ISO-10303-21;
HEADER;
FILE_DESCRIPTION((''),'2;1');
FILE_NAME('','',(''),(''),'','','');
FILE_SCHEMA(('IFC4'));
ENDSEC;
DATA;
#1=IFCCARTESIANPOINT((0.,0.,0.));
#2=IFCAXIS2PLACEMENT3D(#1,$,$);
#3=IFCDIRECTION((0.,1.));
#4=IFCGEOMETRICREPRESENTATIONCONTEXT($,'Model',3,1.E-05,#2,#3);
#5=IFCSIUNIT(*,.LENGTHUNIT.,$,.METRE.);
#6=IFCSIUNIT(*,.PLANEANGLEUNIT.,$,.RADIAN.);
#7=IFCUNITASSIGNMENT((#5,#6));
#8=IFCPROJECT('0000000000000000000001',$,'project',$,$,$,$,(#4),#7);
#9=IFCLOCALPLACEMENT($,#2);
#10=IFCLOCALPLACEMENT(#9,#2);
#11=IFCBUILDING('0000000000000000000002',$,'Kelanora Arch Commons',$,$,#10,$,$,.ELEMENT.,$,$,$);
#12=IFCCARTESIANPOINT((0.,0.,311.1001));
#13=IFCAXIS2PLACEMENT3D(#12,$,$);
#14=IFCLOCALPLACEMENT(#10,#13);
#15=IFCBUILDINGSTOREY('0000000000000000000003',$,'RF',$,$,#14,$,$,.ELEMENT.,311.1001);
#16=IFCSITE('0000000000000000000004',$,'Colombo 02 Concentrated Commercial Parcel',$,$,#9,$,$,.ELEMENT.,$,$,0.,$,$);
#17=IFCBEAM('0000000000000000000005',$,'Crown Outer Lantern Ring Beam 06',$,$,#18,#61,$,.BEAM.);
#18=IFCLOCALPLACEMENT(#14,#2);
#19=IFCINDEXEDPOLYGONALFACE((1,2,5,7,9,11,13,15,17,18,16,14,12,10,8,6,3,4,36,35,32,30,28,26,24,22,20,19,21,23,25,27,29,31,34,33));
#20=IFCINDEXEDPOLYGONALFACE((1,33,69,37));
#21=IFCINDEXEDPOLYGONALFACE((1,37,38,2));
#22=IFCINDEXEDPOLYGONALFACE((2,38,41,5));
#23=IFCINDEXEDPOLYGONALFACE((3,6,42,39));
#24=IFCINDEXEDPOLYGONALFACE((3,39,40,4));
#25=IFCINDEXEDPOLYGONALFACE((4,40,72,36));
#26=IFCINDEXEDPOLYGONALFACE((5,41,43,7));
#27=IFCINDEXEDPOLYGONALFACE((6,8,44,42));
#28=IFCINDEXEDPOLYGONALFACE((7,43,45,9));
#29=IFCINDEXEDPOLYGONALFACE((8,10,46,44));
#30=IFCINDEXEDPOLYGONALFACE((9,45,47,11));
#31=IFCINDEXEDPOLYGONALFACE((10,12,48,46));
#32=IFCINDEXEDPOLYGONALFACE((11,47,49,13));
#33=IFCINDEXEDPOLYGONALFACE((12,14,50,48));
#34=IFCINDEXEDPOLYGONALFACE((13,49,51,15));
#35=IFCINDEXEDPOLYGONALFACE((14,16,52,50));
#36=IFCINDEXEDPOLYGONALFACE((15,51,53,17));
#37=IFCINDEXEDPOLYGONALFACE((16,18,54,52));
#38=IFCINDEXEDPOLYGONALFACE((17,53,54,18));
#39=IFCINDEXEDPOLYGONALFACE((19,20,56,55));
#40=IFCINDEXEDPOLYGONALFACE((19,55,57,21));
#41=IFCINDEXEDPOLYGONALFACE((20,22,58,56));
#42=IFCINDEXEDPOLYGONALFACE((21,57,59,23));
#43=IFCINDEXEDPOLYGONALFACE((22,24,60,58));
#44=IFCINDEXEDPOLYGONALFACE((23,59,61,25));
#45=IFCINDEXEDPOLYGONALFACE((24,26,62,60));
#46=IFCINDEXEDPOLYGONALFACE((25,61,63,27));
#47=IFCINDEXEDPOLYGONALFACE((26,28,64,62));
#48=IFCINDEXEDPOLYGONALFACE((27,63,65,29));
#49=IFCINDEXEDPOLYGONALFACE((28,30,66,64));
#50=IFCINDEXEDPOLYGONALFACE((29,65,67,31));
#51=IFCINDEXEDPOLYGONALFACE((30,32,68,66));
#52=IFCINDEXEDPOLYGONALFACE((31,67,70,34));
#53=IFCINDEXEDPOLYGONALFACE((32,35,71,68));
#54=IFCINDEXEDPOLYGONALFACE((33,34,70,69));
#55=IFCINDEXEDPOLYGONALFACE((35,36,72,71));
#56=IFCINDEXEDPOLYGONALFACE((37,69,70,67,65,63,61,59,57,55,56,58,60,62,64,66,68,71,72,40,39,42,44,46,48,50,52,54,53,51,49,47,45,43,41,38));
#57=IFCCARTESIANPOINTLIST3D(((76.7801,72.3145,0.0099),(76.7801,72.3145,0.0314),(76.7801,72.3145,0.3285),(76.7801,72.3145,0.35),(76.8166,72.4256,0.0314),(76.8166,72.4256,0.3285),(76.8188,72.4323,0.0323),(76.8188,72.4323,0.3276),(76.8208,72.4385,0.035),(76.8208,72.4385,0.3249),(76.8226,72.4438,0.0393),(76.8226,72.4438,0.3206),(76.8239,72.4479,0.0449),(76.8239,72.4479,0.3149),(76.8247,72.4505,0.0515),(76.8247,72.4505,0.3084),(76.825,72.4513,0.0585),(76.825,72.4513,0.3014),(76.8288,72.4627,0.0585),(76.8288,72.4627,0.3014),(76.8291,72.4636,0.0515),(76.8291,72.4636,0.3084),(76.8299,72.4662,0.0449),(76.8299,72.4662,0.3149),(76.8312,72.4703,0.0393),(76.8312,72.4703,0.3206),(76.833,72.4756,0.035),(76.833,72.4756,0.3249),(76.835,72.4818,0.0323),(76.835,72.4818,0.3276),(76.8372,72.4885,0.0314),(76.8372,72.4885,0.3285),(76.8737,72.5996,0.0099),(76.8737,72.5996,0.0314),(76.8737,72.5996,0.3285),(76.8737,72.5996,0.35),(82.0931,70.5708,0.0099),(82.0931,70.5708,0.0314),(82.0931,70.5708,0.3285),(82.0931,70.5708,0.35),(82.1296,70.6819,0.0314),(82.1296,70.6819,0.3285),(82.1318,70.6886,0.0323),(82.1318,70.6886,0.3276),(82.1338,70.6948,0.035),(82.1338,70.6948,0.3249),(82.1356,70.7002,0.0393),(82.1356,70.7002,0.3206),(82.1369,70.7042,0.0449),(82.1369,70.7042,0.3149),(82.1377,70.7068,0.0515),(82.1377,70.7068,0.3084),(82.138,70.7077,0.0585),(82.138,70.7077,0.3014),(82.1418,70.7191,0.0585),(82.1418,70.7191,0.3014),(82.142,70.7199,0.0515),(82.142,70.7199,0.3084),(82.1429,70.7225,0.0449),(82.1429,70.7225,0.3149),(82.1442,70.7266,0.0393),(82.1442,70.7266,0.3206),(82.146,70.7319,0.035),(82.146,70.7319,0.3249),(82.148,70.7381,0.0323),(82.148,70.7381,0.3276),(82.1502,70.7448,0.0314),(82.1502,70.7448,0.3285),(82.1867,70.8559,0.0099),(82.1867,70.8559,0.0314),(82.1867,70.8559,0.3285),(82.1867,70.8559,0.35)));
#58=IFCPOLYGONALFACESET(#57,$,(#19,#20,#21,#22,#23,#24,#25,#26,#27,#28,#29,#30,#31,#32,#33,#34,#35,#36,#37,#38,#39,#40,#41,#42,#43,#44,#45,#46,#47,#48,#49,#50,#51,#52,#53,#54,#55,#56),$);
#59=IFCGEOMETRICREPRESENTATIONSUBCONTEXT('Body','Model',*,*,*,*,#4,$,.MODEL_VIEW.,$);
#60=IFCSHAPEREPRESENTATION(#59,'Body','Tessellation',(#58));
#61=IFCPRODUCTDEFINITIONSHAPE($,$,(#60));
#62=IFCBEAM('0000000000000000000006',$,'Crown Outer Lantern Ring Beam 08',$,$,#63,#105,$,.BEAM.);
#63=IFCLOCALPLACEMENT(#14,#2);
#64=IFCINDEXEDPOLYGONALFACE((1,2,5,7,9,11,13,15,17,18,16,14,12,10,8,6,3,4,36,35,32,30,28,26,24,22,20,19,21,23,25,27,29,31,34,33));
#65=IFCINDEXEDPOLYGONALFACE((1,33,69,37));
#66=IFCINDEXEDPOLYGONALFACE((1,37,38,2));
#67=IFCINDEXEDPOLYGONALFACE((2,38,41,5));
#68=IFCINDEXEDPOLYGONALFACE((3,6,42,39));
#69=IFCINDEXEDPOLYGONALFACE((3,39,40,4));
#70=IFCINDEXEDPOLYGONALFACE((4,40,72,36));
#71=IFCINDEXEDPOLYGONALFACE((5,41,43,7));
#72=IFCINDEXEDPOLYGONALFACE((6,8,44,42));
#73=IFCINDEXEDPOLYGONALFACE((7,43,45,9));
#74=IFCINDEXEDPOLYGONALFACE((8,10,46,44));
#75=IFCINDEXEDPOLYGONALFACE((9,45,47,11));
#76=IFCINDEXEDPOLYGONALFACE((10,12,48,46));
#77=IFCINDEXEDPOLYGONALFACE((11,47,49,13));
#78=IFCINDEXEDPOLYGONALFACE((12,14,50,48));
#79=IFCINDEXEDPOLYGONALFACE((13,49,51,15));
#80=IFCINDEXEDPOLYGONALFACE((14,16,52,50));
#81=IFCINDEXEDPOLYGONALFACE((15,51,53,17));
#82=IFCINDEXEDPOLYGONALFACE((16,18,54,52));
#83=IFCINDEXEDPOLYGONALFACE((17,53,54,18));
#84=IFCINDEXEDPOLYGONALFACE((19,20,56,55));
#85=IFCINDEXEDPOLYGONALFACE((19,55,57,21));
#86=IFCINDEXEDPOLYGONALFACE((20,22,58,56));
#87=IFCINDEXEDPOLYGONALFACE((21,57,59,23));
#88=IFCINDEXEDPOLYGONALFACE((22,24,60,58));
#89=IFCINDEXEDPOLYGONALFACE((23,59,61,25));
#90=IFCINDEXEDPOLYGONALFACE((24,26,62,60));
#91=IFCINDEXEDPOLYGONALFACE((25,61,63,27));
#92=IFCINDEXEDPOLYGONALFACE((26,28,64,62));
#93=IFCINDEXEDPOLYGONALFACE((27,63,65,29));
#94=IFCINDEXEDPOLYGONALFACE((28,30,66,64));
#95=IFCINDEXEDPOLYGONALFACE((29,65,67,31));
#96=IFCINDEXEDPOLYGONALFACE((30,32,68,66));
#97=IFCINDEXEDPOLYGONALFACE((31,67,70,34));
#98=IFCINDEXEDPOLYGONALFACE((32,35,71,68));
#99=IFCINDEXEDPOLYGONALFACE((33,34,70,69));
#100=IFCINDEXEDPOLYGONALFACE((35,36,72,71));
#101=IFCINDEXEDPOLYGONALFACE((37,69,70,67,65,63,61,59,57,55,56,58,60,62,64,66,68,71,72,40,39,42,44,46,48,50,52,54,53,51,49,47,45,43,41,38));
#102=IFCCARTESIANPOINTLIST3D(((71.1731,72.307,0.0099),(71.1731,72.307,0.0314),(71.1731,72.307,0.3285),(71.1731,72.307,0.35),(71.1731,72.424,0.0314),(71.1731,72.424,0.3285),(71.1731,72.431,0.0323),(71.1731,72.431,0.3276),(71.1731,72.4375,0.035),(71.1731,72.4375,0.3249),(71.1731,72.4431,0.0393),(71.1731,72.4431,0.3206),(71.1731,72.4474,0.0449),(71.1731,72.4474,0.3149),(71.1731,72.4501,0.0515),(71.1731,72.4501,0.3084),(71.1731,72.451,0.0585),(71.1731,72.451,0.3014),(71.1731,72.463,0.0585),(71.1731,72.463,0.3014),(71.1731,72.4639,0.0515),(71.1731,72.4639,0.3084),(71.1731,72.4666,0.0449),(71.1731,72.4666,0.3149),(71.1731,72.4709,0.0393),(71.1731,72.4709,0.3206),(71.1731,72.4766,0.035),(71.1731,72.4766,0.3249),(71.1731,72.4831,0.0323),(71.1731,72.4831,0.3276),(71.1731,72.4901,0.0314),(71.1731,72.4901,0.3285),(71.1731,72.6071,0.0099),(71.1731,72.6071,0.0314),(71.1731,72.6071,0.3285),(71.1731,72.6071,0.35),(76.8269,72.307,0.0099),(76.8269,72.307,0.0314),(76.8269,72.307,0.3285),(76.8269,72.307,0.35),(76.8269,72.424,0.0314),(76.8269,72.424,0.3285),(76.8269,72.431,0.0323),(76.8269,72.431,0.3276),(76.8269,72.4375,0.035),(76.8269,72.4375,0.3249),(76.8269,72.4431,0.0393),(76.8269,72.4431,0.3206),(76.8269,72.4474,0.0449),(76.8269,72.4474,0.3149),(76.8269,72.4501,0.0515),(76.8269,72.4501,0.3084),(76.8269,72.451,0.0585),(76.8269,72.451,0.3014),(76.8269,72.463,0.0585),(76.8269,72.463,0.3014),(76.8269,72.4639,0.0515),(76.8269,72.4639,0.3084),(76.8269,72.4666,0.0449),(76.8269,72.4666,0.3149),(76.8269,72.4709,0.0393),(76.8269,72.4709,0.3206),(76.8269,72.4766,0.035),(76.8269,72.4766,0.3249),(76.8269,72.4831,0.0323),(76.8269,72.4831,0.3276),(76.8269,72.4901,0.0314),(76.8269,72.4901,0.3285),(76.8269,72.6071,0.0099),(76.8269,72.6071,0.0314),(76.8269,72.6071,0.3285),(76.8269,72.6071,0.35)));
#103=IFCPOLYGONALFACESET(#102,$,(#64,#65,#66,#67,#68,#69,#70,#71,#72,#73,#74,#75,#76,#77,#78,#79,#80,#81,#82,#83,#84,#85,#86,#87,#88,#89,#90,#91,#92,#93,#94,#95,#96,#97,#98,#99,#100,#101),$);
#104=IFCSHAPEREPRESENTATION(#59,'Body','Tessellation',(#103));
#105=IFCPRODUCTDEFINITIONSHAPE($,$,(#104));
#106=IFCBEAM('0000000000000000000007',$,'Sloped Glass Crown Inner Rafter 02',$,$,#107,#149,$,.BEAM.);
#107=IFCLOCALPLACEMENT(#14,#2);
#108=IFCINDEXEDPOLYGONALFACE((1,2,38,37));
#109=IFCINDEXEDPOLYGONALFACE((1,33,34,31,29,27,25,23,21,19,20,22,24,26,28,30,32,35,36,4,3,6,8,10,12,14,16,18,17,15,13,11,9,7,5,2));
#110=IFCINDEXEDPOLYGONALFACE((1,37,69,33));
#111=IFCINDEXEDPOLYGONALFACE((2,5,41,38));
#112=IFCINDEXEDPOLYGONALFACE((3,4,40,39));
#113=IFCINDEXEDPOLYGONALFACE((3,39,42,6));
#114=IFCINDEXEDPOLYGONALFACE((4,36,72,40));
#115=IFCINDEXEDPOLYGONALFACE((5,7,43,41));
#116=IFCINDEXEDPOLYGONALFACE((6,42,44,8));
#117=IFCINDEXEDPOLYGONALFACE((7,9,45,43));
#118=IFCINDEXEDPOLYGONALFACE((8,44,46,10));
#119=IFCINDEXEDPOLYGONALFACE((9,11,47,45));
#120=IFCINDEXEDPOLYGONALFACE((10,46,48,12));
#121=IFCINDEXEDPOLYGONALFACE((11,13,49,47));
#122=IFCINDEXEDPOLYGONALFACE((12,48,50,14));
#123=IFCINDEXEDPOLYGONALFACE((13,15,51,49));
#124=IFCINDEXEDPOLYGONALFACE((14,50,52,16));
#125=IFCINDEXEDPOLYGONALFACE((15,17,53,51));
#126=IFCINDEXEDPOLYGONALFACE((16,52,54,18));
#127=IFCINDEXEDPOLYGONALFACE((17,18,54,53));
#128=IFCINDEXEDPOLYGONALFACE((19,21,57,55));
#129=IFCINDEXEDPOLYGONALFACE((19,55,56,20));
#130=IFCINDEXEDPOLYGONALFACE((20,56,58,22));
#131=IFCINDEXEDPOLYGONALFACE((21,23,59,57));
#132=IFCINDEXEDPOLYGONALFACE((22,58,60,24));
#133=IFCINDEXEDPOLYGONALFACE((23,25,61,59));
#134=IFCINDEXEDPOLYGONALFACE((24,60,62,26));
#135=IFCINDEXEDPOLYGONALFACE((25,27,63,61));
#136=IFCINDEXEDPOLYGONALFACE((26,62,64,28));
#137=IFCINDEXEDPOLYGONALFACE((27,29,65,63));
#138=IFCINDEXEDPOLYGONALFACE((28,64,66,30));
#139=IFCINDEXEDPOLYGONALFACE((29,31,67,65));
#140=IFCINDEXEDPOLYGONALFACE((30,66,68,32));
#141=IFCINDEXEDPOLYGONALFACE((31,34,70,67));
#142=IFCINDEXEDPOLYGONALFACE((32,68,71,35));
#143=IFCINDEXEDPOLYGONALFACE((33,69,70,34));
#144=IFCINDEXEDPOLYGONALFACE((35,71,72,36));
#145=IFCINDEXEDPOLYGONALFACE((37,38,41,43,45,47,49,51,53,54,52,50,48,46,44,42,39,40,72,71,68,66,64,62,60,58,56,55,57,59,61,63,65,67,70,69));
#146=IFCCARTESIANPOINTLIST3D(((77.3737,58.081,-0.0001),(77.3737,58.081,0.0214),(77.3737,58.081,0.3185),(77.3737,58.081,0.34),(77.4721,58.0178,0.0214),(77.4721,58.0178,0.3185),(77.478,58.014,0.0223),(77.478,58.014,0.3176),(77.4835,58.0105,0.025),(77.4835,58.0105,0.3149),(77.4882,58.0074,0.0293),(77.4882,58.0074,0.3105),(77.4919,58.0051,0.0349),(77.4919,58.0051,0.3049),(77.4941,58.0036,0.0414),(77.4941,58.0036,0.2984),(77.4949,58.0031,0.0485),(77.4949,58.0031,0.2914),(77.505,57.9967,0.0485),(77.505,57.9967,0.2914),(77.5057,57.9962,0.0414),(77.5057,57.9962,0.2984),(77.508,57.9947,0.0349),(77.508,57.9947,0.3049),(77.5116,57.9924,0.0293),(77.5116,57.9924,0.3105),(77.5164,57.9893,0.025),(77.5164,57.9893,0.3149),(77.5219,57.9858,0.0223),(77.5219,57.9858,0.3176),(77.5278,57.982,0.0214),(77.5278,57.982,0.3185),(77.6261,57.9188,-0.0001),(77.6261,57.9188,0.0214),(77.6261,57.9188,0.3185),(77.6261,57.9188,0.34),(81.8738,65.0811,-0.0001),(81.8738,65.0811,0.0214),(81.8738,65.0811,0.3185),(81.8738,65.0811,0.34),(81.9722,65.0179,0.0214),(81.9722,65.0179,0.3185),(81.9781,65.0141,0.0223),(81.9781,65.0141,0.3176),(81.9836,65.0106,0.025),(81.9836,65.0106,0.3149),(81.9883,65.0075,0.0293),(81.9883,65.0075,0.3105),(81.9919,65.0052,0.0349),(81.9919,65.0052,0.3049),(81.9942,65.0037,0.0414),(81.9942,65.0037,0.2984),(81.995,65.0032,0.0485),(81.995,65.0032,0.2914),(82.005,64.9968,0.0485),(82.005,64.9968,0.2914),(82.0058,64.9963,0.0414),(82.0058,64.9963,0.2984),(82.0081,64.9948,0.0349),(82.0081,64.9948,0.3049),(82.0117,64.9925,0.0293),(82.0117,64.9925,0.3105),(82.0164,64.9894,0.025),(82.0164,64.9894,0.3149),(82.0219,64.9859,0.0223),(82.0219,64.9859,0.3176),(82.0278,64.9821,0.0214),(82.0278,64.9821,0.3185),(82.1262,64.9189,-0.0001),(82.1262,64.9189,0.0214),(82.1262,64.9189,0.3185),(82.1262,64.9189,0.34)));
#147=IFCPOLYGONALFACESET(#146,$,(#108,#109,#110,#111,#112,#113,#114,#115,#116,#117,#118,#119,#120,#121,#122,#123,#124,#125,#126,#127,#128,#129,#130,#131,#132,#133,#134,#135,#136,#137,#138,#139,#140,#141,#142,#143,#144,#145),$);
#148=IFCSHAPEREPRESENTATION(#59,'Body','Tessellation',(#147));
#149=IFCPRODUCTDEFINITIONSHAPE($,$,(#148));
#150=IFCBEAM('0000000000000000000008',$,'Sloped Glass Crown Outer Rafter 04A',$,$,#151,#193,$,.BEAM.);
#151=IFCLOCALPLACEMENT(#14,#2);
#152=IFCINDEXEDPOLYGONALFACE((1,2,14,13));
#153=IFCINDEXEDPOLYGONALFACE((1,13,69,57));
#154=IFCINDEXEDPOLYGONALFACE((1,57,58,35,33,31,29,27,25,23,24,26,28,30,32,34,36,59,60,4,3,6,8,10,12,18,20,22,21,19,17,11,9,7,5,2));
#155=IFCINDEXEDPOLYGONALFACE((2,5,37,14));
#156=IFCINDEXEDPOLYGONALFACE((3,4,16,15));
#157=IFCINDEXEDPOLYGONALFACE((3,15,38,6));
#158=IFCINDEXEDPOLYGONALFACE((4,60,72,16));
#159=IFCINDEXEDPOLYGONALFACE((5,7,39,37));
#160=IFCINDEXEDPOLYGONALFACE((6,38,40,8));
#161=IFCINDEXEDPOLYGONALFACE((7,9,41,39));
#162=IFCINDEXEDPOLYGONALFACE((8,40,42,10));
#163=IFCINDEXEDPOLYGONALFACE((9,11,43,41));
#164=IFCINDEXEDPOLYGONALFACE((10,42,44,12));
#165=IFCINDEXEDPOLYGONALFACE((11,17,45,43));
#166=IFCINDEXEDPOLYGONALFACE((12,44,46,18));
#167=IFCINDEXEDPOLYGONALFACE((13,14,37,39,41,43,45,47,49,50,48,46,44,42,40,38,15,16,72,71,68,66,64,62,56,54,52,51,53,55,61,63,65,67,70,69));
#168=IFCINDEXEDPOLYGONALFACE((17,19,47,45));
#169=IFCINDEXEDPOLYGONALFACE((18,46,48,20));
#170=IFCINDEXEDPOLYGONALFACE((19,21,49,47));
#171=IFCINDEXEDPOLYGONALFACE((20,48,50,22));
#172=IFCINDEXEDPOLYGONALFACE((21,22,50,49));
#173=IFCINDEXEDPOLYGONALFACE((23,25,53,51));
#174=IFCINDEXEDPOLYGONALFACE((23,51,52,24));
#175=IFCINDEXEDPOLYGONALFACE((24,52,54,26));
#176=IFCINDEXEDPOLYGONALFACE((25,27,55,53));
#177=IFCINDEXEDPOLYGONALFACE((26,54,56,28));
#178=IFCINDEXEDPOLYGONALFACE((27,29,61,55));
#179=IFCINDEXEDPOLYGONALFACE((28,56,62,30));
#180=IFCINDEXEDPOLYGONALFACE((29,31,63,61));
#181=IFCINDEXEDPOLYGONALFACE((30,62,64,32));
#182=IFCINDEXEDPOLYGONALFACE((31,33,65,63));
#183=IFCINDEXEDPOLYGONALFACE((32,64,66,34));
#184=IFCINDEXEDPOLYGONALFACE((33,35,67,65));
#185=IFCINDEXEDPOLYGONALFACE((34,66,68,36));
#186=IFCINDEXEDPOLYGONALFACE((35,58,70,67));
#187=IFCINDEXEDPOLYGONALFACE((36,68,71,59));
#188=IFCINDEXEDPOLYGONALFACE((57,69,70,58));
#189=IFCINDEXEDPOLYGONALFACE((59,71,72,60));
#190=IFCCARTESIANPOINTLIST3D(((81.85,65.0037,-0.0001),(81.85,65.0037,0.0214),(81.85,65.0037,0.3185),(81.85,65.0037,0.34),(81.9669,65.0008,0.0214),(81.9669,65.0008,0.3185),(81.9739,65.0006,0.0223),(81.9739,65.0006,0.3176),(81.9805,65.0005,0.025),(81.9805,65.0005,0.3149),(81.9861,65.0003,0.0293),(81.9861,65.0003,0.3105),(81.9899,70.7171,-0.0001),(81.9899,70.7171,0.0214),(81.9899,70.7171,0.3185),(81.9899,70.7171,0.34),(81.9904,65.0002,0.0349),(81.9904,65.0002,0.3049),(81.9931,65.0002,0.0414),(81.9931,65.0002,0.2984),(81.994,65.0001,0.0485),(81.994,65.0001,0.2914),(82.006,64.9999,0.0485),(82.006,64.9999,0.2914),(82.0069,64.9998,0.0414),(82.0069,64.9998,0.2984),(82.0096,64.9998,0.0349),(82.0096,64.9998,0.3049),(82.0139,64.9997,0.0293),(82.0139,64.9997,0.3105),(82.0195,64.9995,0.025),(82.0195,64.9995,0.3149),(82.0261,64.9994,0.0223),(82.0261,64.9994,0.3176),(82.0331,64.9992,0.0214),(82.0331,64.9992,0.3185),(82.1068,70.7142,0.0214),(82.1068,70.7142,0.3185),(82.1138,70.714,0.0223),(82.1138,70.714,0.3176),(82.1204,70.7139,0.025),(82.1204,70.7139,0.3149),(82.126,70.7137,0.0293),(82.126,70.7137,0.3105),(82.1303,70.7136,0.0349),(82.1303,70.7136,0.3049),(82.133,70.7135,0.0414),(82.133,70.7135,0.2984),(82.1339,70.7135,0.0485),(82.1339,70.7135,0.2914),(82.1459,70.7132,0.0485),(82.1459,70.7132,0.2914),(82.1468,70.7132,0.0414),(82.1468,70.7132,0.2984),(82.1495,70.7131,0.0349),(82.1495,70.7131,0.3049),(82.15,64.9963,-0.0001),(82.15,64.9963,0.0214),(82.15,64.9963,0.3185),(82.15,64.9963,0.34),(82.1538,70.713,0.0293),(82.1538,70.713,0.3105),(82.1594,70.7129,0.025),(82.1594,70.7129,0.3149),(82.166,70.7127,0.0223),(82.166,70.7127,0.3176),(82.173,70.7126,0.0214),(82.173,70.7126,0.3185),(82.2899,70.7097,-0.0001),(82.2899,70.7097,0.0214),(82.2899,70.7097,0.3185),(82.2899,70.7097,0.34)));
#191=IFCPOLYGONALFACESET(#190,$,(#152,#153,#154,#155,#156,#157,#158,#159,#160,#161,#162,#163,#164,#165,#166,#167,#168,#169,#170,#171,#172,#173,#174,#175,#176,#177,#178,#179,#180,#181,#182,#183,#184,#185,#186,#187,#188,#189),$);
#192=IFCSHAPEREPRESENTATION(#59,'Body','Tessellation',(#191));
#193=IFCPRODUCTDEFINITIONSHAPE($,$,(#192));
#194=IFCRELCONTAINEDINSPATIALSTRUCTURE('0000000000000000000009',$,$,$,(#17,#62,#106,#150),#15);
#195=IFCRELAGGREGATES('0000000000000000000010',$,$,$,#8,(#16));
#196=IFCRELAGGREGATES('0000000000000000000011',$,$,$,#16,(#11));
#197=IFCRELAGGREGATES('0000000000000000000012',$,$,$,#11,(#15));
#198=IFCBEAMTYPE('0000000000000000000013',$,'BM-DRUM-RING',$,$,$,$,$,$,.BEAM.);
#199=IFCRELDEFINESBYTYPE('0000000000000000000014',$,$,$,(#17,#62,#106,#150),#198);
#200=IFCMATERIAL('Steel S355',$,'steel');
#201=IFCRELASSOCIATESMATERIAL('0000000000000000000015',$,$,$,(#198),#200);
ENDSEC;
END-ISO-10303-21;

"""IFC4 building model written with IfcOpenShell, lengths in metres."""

from ifc_helpers import new_model, si_unit, direction, frame, origin, origin_2d, place, context, subcontext, project, spatial, i_section, extrude, material, material_profile, profile_set, type_object, element, save


model = new_model("IFC4")

# Units and contexts
model_context = context("Model", 3, precision=1e-05, world=origin(), true_north=direction((0.0, 1.0)))
body_context = subcontext(model_context, "Body", "Model", "MODEL_VIEW")
ifc_project = project(units=[si_unit("LENGTHUNIT", "METRE"), si_unit("PLANEANGLEUNIT", "RADIAN")], contexts=[model_context])

# Site, building, storey
site_placement = place(None, origin())
site = spatial("IfcSite", under=ifc_project, at=site_placement, Name="Colombo 02 Concentrated Commercial Parcel", CompositionType="ELEMENT", RefElevation=0.0)
building_placement = place(site_placement, origin())
building = spatial("IfcBuilding", under=site, at=building_placement, Name="Kelanora Arch Commons", CompositionType="ELEMENT")
storey_placement = place(building_placement, frame((0.0, 0.0, 311.1001)))
storey = spatial("IfcBuildingStorey", under=building, at=storey_placement, Name="RF", CompositionType="ELEMENT", Elevation=311.1001)

# Beams
ifc_material_1 = material(Name="Steel S355", Category="steel")
ifc_material_profile_1 = material_profile(ifc_material_1, i_section(OverallWidth=0.3, OverallDepth=0.3401, WebThickness=0.012, FlangeThickness=0.0215, FilletRadius=0.0271, at=origin_2d()), Name="HEB340")
ifc_profile_set_1 = profile_set([ifc_material_profile_1], Name="Steel S355")
beam_type_1 = type_object("IfcBeamType", Name="BM-DRUM-RING", PredefinedType="BEAM", material=ifc_profile_set_1)
beam_1_placement = place(storey_placement, frame((82.1399, 70.7134, 0.1799), z_axis=(-0.95014, 0.311823, 0.0), x_axis=(-0.311823, -0.95014, 0.0)))
element("IfcBeam", 1, at=beam_1_placement, inside=storey, type_object=beam_type_1, Name="Crown Outer Lantern Ring Beam 06", PredefinedType="BEAM", context=body_context, shape_type="SweptSolid", body=[
    extrude(i_section(OverallWidth=0.3, OverallDepth=0.3401, WebThickness=0.012, FlangeThickness=0.0215, FilletRadius=0.0271, at=origin_2d()), origin(), (0.0, 0.0, 1.0), 5.5918),
])
beam_2_placement = place(storey_placement, frame((76.8269, 72.457, 0.1799), z_axis=(-1.0, 0.0, 0.0), x_axis=(0.0, -1.0, 0.0)))
element("IfcBeam", 2, at=beam_2_placement, inside=storey, type_object=beam_type_1, Name="Crown Outer Lantern Ring Beam 08", PredefinedType="BEAM", context=body_context, shape_type="SweptSolid", body=[
    extrude(i_section(OverallWidth=0.3, OverallDepth=0.3401, WebThickness=0.012, FlangeThickness=0.0215, FilletRadius=0.0271, at=origin_2d()), origin(), (0.0, 0.0, 1.0), 5.6538),
])
beam_3_placement = place(storey_placement, frame((82.0, 65.0, 0.1699), z_axis=(-0.540758, -0.841178, 0.0), x_axis=(0.841178, -0.540758, 0.0)))
element("IfcBeam", 3, at=beam_3_placement, inside=storey, type_object=beam_type_1, Name="Sloped Glass Crown Inner Rafter 02", PredefinedType="BEAM", context=body_context, shape_type="SweptSolid", body=[
    extrude(i_section(OverallWidth=0.3, OverallDepth=0.3401, WebThickness=0.012, FlangeThickness=0.0215, FilletRadius=0.0271, at=origin_2d()), origin(), (0.0, 0.0, 1.0), 8.3218),
])
beam_4_placement = place(storey_placement, frame((82.1399, 70.7134, 0.1699), z_axis=(-0.024478, -0.9997, 0.0), x_axis=(0.9997, -0.024478, 0.0)))
element("IfcBeam", 4, at=beam_4_placement, inside=storey, type_object=beam_type_1, Name="Sloped Glass Crown Outer Rafter 04A", PredefinedType="BEAM", context=body_context, shape_type="SweptSolid", body=[
    extrude(i_section(OverallWidth=0.3, OverallDepth=0.3401, WebThickness=0.012, FlangeThickness=0.0215, FilletRadius=0.0271, at=origin_2d()), origin(), (0.0, 0.0, 1.0), 5.7151),
])

save(model, "model.ifc")
